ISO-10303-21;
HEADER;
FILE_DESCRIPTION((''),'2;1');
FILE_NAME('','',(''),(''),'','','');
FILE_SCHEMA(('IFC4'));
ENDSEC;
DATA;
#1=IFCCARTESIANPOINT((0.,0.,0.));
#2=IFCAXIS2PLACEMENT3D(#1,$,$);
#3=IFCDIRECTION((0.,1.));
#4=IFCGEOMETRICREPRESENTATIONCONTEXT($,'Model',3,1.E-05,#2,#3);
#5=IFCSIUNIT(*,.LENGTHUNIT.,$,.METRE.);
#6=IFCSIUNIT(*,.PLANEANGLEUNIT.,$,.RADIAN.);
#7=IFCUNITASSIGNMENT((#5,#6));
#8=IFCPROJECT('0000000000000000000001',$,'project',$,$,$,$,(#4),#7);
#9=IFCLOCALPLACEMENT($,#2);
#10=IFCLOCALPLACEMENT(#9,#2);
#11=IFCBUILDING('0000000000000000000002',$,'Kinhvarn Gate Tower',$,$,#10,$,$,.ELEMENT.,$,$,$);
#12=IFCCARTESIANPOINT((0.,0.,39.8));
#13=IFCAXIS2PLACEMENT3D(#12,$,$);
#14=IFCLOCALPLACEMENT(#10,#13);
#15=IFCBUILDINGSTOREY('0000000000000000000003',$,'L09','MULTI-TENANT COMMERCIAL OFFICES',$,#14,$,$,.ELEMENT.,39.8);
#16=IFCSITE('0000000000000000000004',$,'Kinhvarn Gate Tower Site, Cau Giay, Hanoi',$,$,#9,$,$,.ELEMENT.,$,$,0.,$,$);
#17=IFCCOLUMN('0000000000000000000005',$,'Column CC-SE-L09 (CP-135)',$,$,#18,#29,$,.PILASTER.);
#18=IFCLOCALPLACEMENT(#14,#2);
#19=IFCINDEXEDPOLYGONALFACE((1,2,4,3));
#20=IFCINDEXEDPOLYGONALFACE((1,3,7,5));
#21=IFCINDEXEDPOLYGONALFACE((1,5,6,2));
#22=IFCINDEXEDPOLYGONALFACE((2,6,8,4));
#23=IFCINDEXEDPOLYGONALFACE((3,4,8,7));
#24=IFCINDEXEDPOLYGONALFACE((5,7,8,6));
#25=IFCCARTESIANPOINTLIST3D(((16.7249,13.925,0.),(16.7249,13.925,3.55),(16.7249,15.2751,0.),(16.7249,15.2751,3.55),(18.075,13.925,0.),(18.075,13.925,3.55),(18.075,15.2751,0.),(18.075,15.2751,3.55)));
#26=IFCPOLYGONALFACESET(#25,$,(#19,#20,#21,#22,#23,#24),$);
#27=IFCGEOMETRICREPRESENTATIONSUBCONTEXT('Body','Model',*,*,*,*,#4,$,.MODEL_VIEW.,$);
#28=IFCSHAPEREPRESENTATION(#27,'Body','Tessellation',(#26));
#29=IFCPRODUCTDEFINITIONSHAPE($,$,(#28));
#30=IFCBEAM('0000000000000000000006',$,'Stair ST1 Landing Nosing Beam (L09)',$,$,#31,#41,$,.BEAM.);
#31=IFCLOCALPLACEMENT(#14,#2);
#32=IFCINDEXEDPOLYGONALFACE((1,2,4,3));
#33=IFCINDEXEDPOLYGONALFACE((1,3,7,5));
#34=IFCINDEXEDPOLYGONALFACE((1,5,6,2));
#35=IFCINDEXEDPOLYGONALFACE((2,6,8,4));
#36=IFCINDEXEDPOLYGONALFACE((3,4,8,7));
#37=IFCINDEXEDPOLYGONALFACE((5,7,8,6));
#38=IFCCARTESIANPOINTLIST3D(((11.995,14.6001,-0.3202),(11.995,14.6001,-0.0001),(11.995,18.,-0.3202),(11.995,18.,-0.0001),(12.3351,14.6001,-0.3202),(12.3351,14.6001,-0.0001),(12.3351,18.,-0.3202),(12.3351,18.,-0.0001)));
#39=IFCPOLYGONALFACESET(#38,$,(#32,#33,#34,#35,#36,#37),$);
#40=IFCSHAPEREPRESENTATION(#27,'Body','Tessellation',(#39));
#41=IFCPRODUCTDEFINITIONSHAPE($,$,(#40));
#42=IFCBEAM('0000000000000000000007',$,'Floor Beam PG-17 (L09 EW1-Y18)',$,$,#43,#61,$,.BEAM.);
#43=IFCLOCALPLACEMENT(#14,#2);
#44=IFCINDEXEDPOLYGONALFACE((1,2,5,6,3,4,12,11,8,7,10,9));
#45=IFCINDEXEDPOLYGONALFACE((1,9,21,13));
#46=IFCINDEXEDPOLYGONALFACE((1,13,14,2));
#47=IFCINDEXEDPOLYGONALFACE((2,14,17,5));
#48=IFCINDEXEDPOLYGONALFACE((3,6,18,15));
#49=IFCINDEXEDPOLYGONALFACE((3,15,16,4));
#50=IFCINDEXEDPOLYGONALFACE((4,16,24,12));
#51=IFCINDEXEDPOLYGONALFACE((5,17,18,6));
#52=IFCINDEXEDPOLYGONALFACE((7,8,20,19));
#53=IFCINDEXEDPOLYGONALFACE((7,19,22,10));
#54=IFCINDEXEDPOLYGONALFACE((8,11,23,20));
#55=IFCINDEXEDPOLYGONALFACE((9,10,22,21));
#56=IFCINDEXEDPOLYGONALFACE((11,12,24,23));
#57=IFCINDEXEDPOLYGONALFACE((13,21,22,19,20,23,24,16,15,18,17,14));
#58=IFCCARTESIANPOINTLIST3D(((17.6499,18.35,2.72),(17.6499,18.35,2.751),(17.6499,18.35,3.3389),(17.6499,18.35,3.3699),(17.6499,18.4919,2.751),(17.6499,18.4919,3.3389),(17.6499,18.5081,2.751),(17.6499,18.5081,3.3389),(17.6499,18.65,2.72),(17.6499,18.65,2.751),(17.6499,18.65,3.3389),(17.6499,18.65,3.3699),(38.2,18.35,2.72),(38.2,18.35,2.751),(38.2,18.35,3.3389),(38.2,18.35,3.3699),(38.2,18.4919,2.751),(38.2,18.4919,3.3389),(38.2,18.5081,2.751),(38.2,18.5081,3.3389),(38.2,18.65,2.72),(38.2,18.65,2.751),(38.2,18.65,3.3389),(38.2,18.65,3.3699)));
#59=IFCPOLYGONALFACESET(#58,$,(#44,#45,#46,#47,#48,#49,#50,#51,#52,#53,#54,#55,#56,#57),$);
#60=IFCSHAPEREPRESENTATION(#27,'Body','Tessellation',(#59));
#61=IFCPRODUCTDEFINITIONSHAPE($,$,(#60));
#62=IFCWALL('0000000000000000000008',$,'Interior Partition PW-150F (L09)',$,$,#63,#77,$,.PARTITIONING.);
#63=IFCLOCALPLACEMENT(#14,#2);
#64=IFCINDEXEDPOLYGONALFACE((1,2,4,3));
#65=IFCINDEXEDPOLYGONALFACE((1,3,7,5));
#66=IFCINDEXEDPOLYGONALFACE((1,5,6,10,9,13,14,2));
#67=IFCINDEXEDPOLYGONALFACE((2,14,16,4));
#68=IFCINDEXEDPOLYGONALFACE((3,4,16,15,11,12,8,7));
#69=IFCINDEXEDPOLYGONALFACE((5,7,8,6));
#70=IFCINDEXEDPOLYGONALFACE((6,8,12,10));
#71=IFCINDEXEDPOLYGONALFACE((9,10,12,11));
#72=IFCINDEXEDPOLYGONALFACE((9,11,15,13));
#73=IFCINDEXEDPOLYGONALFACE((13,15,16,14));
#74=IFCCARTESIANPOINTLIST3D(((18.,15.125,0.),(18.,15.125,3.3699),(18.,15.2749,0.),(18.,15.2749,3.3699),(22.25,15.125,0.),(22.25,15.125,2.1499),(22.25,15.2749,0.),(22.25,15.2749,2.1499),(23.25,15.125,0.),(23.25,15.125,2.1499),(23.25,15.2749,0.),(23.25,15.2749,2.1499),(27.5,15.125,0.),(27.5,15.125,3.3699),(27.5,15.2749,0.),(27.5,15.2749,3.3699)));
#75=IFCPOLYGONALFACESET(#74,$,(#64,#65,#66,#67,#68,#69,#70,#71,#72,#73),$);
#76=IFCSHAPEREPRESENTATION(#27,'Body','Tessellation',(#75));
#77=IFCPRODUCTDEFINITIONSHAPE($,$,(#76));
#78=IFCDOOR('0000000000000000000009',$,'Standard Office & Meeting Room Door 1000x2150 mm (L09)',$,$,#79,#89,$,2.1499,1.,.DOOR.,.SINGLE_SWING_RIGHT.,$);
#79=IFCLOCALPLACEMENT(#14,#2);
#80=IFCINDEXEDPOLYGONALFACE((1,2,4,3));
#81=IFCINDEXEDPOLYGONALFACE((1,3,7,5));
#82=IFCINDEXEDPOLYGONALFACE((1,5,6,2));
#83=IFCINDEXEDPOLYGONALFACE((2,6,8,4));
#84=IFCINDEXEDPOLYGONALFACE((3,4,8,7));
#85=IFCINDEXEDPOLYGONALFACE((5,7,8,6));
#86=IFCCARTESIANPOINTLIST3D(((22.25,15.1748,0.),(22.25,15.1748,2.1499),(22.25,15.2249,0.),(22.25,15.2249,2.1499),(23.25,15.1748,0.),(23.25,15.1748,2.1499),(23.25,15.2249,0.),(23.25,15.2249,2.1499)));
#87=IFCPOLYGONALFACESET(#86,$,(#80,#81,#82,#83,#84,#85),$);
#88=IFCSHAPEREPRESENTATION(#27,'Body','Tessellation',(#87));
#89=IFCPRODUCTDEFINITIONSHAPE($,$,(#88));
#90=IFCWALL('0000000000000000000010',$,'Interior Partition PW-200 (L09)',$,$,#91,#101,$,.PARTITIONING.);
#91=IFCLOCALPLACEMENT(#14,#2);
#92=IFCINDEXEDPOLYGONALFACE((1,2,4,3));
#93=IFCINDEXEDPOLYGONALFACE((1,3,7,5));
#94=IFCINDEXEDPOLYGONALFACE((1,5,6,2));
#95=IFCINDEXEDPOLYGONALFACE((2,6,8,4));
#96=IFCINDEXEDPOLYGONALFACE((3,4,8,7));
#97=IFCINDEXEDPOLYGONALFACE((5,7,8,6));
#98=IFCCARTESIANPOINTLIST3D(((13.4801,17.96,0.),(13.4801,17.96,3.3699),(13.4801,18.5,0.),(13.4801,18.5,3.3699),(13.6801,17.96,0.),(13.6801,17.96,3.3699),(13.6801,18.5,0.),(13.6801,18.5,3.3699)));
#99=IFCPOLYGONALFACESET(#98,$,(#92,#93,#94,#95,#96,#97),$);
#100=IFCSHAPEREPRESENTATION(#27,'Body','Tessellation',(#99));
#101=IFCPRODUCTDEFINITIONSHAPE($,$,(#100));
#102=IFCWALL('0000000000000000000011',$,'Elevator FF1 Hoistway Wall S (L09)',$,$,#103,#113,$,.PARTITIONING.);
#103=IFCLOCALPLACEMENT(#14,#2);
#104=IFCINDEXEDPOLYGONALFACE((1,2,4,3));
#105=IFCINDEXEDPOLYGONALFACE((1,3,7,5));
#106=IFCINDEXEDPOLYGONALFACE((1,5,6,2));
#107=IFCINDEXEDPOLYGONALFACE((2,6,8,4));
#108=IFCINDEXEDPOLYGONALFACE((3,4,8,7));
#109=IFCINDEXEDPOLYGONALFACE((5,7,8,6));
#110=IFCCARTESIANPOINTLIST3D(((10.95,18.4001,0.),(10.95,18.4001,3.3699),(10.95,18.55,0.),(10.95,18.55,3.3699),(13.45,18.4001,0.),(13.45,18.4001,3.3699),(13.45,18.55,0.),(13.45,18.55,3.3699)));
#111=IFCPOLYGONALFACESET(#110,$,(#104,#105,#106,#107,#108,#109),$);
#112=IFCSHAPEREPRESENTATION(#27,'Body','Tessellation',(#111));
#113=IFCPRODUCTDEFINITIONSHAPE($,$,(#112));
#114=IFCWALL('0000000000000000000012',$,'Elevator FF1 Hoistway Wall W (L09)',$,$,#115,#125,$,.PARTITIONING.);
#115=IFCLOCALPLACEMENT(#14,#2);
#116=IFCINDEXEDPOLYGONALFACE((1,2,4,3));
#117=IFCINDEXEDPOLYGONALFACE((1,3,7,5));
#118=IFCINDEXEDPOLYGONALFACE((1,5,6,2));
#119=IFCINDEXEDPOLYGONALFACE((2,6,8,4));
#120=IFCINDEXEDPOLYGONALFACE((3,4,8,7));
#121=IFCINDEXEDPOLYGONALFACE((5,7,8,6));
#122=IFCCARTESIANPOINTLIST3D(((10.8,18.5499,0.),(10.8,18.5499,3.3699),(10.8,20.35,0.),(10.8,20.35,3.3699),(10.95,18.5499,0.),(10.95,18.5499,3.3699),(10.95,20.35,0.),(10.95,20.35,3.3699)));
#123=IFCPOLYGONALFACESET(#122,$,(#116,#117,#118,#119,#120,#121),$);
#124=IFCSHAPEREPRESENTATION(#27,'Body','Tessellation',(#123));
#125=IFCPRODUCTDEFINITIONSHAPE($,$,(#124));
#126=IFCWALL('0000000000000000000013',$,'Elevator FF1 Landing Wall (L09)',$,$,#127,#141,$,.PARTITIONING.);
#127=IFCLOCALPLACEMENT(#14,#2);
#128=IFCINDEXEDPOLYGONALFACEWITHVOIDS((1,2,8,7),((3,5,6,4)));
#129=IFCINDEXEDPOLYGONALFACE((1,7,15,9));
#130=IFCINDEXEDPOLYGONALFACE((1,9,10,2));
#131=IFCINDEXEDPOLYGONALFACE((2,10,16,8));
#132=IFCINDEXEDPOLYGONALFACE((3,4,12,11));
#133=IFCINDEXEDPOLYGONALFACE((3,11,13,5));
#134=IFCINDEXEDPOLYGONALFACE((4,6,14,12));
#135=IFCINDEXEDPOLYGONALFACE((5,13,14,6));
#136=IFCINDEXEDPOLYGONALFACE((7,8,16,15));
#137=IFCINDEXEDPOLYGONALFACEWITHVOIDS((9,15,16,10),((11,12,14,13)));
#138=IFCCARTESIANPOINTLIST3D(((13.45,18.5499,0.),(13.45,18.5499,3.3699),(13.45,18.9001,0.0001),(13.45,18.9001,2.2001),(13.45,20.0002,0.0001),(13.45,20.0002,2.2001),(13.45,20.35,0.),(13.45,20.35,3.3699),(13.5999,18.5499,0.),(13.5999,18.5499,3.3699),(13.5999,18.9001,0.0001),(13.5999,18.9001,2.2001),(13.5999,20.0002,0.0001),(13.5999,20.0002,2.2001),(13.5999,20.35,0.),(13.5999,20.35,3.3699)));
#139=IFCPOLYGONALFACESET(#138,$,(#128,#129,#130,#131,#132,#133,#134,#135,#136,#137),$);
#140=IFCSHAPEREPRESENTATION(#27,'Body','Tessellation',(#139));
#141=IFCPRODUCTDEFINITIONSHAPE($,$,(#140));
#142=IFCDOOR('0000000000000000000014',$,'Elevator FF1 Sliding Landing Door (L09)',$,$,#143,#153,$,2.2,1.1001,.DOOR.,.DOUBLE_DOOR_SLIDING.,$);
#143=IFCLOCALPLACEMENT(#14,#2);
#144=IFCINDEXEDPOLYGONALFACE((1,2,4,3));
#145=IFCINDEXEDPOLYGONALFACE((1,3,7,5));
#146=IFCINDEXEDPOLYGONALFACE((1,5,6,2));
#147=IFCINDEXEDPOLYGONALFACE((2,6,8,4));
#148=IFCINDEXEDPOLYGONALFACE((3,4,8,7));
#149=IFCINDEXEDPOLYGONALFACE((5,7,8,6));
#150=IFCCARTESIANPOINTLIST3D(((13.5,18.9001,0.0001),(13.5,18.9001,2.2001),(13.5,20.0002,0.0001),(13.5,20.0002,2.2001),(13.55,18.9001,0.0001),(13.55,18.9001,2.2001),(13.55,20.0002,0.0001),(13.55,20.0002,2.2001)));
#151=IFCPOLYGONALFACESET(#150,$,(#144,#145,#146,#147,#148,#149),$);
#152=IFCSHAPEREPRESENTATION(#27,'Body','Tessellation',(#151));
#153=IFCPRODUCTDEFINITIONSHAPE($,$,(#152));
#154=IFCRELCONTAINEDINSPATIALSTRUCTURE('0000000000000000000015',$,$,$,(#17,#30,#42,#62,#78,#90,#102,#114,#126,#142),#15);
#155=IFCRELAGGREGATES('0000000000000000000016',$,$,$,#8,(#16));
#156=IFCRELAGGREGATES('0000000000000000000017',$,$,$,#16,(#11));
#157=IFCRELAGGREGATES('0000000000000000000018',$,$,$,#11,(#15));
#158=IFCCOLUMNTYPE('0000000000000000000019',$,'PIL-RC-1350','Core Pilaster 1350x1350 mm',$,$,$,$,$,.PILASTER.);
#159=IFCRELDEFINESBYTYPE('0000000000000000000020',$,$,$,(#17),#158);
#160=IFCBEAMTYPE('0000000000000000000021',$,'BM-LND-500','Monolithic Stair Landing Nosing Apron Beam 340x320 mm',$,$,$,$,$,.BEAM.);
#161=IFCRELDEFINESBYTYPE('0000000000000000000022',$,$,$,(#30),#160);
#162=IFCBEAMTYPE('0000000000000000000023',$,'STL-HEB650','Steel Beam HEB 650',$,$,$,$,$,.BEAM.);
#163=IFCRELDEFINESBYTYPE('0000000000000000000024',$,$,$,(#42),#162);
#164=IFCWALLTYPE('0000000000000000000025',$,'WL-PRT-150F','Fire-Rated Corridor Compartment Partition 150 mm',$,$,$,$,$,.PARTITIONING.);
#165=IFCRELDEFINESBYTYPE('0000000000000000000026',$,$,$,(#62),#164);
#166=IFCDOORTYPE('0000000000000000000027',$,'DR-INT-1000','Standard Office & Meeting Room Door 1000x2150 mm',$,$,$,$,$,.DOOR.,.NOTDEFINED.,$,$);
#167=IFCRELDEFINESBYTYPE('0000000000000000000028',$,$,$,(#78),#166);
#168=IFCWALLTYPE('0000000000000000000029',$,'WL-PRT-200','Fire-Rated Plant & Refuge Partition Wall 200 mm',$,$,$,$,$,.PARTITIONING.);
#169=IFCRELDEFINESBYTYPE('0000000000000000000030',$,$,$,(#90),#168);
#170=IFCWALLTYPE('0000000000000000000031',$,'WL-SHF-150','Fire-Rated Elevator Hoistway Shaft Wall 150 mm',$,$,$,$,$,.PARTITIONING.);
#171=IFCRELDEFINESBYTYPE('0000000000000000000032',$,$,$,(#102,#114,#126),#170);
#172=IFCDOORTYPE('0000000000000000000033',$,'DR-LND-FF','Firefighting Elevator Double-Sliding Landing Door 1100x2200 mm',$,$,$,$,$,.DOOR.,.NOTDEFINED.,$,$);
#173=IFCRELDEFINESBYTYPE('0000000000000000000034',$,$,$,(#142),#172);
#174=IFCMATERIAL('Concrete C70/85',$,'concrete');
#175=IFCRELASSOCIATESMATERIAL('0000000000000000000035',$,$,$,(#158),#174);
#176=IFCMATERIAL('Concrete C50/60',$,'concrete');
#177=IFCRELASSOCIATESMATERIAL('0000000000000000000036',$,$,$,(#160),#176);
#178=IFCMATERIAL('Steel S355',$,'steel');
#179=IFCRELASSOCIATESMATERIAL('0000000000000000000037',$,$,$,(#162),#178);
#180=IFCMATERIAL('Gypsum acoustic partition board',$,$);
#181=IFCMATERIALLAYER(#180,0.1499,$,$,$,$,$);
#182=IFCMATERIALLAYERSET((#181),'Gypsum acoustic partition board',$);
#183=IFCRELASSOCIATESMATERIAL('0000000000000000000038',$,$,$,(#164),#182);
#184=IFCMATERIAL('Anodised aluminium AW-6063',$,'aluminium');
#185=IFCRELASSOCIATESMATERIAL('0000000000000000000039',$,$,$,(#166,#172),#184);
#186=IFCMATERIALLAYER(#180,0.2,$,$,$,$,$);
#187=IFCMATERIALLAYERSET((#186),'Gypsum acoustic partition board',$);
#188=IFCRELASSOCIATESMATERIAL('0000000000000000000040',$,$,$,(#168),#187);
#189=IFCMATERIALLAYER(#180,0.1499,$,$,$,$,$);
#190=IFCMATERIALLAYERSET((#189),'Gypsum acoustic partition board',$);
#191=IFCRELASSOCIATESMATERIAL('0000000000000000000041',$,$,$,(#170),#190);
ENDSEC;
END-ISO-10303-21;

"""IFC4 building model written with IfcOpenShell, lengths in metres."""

from ifc_helpers import new_model, si_unit, direction, frame, frame_2d, origin, origin_2d, place, context, subcontext, project, spatial, rectangle, i_section, extrude, material, layer, layer_set, material_profile, profile_set, type_object, element, fill, save


model = new_model("IFC4")

# Units and contexts
model_context = context("Model", 3, precision=1e-05, world=origin(), true_north=direction((0.0, 1.0)))
body_context = subcontext(model_context, "Body", "Model", "MODEL_VIEW")
ifc_project = project(units=[si_unit("LENGTHUNIT", "METRE"), si_unit("PLANEANGLEUNIT", "RADIAN")], contexts=[model_context])

# Site, building, storey
site_placement = place(None, origin())
site = spatial("IfcSite", under=ifc_project, at=site_placement, Name="Kinhvarn Gate Tower Site, Cau Giay, Hanoi", CompositionType="ELEMENT", RefElevation=0.0)
building_placement = place(site_placement, origin())
building = spatial("IfcBuilding", under=site, at=building_placement, Name="Kinhvarn Gate Tower", CompositionType="ELEMENT")
storey_placement = place(building_placement, frame((0.0, 0.0, 39.8)))
storey = spatial("IfcBuildingStorey", under=building, at=storey_placement, Name="L09", Description="MULTI-TENANT COMMERCIAL OFFICES", CompositionType="ELEMENT", Elevation=39.8)

# Column
ifc_material_1 = material(Name="Concrete C70/85", Category="concrete")
ifc_material_profile_1 = material_profile(ifc_material_1, rectangle(XDim=1.3501, YDim=1.3501, at=origin_2d()), Name="RC 1350x1350")
ifc_profile_set_1 = profile_set([ifc_material_profile_1], Name="Concrete C70/85")
column_type = type_object("IfcColumnType", Name="PIL-RC-1350", Description="Core Pilaster 1350x1350 mm", PredefinedType="PILASTER", material=ifc_profile_set_1)
column_placement = place(storey_placement, frame((17.3999, 14.6001, 0.0), z_axis=(0.0, 0.0, 1.0), x_axis=(1.0, 0.0, 0.0)))
element("IfcColumn", 1, at=column_placement, inside=storey, type_object=column_type, Name="Column CC-SE-L09 (CP-135)", PredefinedType="PILASTER", context=body_context, shape_type="SweptSolid", body=[
    extrude(rectangle(XDim=1.3501, YDim=1.3501, at=origin_2d()), origin(), (0.0, 0.0, 1.0), 3.55),
])

# Beams
ifc_material_2 = material(Name="Concrete C50/60", Category="concrete")
ifc_material_profile_2 = material_profile(ifc_material_2, rectangle(XDim=0.3401, YDim=0.3201, at=origin_2d()), Name="RC 340x320")
ifc_profile_set_2 = profile_set([ifc_material_profile_2], Name="Concrete C50/60")
beam_type_1 = type_object("IfcBeamType", Name="BM-LND-500", Description="Monolithic Stair Landing Nosing Apron Beam 340x320 mm", PredefinedType="BEAM", material=ifc_profile_set_2)
beam_1_placement = place(storey_placement, frame((12.165, 14.6001, -0.1602), z_axis=(0.0, 1.0, 0.0), x_axis=(-1.0, 0.0, 0.0)))
element("IfcBeam", 2, at=beam_1_placement, inside=storey, type_object=beam_type_1, Name="Stair ST1 Landing Nosing Beam (L09)", PredefinedType="BEAM", context=body_context, shape_type="SweptSolid", body=[
    extrude(rectangle(XDim=0.3401, YDim=0.3201, at=origin_2d()), origin(), (0.0, 0.0, 1.0), 3.3999),
])
ifc_material_3 = material(Name="Steel S355", Category="steel")
ifc_material_profile_3 = material_profile(ifc_material_3, i_section(OverallWidth=0.3, OverallDepth=0.6499, WebThickness=0.0161, FlangeThickness=0.031, at=origin_2d()), Name="HEB 650")
ifc_profile_set_3 = profile_set([ifc_material_profile_3], Name="Steel S355")
beam_type_2 = type_object("IfcBeamType", Name="STL-HEB650", Description="Steel Beam HEB 650", PredefinedType="BEAM", material=ifc_profile_set_3)
beam_2_placement = place(storey_placement, frame((17.6499, 18.5, 3.0449), z_axis=(1.0, 0.0, 0.0), x_axis=(0.0, 1.0, 0.0)))
element("IfcBeam", 3, at=beam_2_placement, inside=storey, type_object=beam_type_2, Name="Floor Beam PG-17 (L09 EW1-Y18)", PredefinedType="BEAM", context=body_context, shape_type="SweptSolid", body=[
    extrude(i_section(OverallWidth=0.3, OverallDepth=0.6499, WebThickness=0.0161, FlangeThickness=0.031, at=origin_2d()), origin(), (0.0, 0.0, 1.0), 20.55),
])

# Wall, opening, door
ifc_material_4 = material(Name="Anodised aluminium AW-6063", Category="aluminium")
ifc_material_5 = material(Name="Gypsum acoustic partition board")
ifc_layer_1 = layer(ifc_material_5, 0.1499)
ifc_layer_set_1 = layer_set([ifc_layer_1], Name="Gypsum acoustic partition board")
wall_type_1 = type_object("IfcWallType", Name="WL-PRT-150F", Description="Fire-Rated Corridor Compartment Partition 150 mm", PredefinedType="PARTITIONING", material=ifc_layer_set_1)
wall_1_placement = place(storey_placement, frame((18.0, 15.2, 0.0), z_axis=(0.0, 0.0, 1.0), x_axis=(1.0, 0.0, 0.0)))
wall_1 = element("IfcWall", 4, at=wall_1_placement, inside=storey, type_object=wall_type_1, Name="Interior Partition PW-150F (L09)", PredefinedType="PARTITIONING", context=body_context, shape_type="SweptSolid", body=[
    extrude(rectangle(XDim=9.5, YDim=0.1499, at=frame_2d((4.75, 0.0))), origin(), (0.0, 0.0, 1.0), 3.3699),
])
opening_1_placement = place(wall_1_placement, frame((4.25, 0.0, 0.0)))
opening_1 = element("IfcOpeningElement", 5, at=opening_1_placement, cuts=wall_1, PredefinedType="OPENING", context=body_context, shape_type="SweptSolid", body=[
    extrude(rectangle(XDim=1.0, YDim=2.1499, at=frame_2d((0.5, 1.075))), frame((0.0, 0.085, 0.0), z_axis=(0.0, -1.0, 0.0), x_axis=(1.0, 0.0, 0.0)), (0.0, 0.0, 1.0), 0.1699),
])
door_type_1 = type_object("IfcDoorType", Name="DR-INT-1000", Description="Standard Office & Meeting Room Door 1000x2150 mm", OperationType="NOTDEFINED", PredefinedType="DOOR", material=ifc_material_4)
door_1_placement = place(opening_1_placement, origin())
door_1 = element("IfcDoor", 6, at=door_1_placement, inside=storey, type_object=door_type_1, Name="Standard Office & Meeting Room Door 1000x2150 mm (L09)", OperationType="SINGLE_SWING_RIGHT", OverallHeight=2.1499, OverallWidth=1.0, PredefinedType="DOOR", context=body_context, shape_type="SweptSolid", body=[
    extrude(rectangle(XDim=1.0, YDim=2.1499, at=frame_2d((0.5, 1.075))), frame((0.0, 0.0249, 0.0), z_axis=(0.0, -1.0, 0.0), x_axis=(1.0, 0.0, 0.0)), (0.0, 0.0, 1.0), 0.05),
])
fill(opening_1, door_1)

# Walls
ifc_layer_2 = layer(ifc_material_5, 0.2)
ifc_layer_set_2 = layer_set([ifc_layer_2], Name="Gypsum acoustic partition board")
wall_type_2 = type_object("IfcWallType", Name="WL-PRT-200", Description="Fire-Rated Plant & Refuge Partition Wall 200 mm", PredefinedType="PARTITIONING", material=ifc_layer_set_2)
wall_2_placement = place(storey_placement, frame((13.5801, 17.96, 0.0), z_axis=(0.0, 0.0, 1.0), x_axis=(0.0, 1.0, 0.0)))
element("IfcWall", 7, at=wall_2_placement, inside=storey, type_object=wall_type_2, Name="Interior Partition PW-200 (L09)", PredefinedType="PARTITIONING", context=body_context, shape_type="SweptSolid", body=[
    extrude(rectangle(XDim=0.54, YDim=0.2, at=frame_2d((0.27, 0.0))), origin(), (0.0, 0.0, 1.0), 3.3699),
])
ifc_layer_3 = layer(ifc_material_5, 0.1499)
ifc_layer_set_3 = layer_set([ifc_layer_3], Name="Gypsum acoustic partition board")
wall_type_3 = type_object("IfcWallType", Name="WL-SHF-150", Description="Fire-Rated Elevator Hoistway Shaft Wall 150 mm", PredefinedType="PARTITIONING", material=ifc_layer_set_3)
wall_3_placement = place(storey_placement, frame((10.95, 18.4751, 0.0), z_axis=(0.0, 0.0, 1.0), x_axis=(1.0, 0.0, 0.0)))
element("IfcWall", 8, at=wall_3_placement, inside=storey, type_object=wall_type_3, Name="Elevator FF1 Hoistway Wall S (L09)", PredefinedType="PARTITIONING", context=body_context, shape_type="SweptSolid", body=[
    extrude(rectangle(XDim=2.5, YDim=0.1499, at=frame_2d((1.25, 0.0))), origin(), (0.0, 0.0, 1.0), 3.3699),
])
wall_4_placement = place(storey_placement, frame((10.875, 18.55, 0.0), z_axis=(0.0, 0.0, 1.0), x_axis=(0.0, 1.0, 0.0)))
element("IfcWall", 9, at=wall_4_placement, inside=storey, type_object=wall_type_3, Name="Elevator FF1 Hoistway Wall W (L09)", PredefinedType="PARTITIONING", context=body_context, shape_type="SweptSolid", body=[
    extrude(rectangle(XDim=1.8, YDim=0.1499, at=frame_2d((0.8999, 0.0))), origin(), (0.0, 0.0, 1.0), 3.3699),
])

# Wall, opening, door
wall_5_placement = place(storey_placement, frame((13.5249, 18.55, 0.0), z_axis=(0.0, 0.0, 1.0), x_axis=(0.0, 1.0, 0.0)))
wall_5 = element("IfcWall", 10, at=wall_5_placement, inside=storey, type_object=wall_type_3, Name="Elevator FF1 Landing Wall (L09)", PredefinedType="PARTITIONING", context=body_context, shape_type="SweptSolid", body=[
    extrude(rectangle(XDim=1.8, YDim=0.1499, at=frame_2d((0.8999, 0.0))), origin(), (0.0, 0.0, 1.0), 3.3699),
])
opening_2_placement = place(wall_5_placement, frame((0.3501, 0.0, 0.0)))
opening_2 = element("IfcOpeningElement", 11, at=opening_2_placement, cuts=wall_5, PredefinedType="OPENING", context=body_context, shape_type="SweptSolid", body=[
    extrude(rectangle(XDim=1.1001, YDim=2.2, at=frame_2d((0.55, 1.1001))), frame((0.0, 0.085, 0.0), z_axis=(0.0, -1.0, 0.0), x_axis=(1.0, 0.0, 0.0)), (0.0, 0.0, 1.0), 0.1699),
])
door_type_2 = type_object("IfcDoorType", Name="DR-LND-FF", Description="Firefighting Elevator Double-Sliding Landing Door 1100x2200 mm", OperationType="NOTDEFINED", PredefinedType="DOOR", material=ifc_material_4)
door_2_placement = place(opening_2_placement, origin())
door_2 = element("IfcDoor", 12, at=door_2_placement, inside=storey, type_object=door_type_2, Name="Elevator FF1 Sliding Landing Door (L09)", OperationType="DOUBLE_DOOR_SLIDING", OverallHeight=2.2, OverallWidth=1.1001, PredefinedType="DOOR", context=body_context, shape_type="SweptSolid", body=[
    extrude(rectangle(XDim=1.1001, YDim=2.2, at=frame_2d((0.55, 1.1001))), frame((0.0, 0.0249, 0.0), z_axis=(0.0, -1.0, 0.0), x_axis=(1.0, 0.0, 0.0)), (0.0, 0.0, 1.0), 0.05),
])
fill(opening_2, door_2)

save(model, "model.ifc")
